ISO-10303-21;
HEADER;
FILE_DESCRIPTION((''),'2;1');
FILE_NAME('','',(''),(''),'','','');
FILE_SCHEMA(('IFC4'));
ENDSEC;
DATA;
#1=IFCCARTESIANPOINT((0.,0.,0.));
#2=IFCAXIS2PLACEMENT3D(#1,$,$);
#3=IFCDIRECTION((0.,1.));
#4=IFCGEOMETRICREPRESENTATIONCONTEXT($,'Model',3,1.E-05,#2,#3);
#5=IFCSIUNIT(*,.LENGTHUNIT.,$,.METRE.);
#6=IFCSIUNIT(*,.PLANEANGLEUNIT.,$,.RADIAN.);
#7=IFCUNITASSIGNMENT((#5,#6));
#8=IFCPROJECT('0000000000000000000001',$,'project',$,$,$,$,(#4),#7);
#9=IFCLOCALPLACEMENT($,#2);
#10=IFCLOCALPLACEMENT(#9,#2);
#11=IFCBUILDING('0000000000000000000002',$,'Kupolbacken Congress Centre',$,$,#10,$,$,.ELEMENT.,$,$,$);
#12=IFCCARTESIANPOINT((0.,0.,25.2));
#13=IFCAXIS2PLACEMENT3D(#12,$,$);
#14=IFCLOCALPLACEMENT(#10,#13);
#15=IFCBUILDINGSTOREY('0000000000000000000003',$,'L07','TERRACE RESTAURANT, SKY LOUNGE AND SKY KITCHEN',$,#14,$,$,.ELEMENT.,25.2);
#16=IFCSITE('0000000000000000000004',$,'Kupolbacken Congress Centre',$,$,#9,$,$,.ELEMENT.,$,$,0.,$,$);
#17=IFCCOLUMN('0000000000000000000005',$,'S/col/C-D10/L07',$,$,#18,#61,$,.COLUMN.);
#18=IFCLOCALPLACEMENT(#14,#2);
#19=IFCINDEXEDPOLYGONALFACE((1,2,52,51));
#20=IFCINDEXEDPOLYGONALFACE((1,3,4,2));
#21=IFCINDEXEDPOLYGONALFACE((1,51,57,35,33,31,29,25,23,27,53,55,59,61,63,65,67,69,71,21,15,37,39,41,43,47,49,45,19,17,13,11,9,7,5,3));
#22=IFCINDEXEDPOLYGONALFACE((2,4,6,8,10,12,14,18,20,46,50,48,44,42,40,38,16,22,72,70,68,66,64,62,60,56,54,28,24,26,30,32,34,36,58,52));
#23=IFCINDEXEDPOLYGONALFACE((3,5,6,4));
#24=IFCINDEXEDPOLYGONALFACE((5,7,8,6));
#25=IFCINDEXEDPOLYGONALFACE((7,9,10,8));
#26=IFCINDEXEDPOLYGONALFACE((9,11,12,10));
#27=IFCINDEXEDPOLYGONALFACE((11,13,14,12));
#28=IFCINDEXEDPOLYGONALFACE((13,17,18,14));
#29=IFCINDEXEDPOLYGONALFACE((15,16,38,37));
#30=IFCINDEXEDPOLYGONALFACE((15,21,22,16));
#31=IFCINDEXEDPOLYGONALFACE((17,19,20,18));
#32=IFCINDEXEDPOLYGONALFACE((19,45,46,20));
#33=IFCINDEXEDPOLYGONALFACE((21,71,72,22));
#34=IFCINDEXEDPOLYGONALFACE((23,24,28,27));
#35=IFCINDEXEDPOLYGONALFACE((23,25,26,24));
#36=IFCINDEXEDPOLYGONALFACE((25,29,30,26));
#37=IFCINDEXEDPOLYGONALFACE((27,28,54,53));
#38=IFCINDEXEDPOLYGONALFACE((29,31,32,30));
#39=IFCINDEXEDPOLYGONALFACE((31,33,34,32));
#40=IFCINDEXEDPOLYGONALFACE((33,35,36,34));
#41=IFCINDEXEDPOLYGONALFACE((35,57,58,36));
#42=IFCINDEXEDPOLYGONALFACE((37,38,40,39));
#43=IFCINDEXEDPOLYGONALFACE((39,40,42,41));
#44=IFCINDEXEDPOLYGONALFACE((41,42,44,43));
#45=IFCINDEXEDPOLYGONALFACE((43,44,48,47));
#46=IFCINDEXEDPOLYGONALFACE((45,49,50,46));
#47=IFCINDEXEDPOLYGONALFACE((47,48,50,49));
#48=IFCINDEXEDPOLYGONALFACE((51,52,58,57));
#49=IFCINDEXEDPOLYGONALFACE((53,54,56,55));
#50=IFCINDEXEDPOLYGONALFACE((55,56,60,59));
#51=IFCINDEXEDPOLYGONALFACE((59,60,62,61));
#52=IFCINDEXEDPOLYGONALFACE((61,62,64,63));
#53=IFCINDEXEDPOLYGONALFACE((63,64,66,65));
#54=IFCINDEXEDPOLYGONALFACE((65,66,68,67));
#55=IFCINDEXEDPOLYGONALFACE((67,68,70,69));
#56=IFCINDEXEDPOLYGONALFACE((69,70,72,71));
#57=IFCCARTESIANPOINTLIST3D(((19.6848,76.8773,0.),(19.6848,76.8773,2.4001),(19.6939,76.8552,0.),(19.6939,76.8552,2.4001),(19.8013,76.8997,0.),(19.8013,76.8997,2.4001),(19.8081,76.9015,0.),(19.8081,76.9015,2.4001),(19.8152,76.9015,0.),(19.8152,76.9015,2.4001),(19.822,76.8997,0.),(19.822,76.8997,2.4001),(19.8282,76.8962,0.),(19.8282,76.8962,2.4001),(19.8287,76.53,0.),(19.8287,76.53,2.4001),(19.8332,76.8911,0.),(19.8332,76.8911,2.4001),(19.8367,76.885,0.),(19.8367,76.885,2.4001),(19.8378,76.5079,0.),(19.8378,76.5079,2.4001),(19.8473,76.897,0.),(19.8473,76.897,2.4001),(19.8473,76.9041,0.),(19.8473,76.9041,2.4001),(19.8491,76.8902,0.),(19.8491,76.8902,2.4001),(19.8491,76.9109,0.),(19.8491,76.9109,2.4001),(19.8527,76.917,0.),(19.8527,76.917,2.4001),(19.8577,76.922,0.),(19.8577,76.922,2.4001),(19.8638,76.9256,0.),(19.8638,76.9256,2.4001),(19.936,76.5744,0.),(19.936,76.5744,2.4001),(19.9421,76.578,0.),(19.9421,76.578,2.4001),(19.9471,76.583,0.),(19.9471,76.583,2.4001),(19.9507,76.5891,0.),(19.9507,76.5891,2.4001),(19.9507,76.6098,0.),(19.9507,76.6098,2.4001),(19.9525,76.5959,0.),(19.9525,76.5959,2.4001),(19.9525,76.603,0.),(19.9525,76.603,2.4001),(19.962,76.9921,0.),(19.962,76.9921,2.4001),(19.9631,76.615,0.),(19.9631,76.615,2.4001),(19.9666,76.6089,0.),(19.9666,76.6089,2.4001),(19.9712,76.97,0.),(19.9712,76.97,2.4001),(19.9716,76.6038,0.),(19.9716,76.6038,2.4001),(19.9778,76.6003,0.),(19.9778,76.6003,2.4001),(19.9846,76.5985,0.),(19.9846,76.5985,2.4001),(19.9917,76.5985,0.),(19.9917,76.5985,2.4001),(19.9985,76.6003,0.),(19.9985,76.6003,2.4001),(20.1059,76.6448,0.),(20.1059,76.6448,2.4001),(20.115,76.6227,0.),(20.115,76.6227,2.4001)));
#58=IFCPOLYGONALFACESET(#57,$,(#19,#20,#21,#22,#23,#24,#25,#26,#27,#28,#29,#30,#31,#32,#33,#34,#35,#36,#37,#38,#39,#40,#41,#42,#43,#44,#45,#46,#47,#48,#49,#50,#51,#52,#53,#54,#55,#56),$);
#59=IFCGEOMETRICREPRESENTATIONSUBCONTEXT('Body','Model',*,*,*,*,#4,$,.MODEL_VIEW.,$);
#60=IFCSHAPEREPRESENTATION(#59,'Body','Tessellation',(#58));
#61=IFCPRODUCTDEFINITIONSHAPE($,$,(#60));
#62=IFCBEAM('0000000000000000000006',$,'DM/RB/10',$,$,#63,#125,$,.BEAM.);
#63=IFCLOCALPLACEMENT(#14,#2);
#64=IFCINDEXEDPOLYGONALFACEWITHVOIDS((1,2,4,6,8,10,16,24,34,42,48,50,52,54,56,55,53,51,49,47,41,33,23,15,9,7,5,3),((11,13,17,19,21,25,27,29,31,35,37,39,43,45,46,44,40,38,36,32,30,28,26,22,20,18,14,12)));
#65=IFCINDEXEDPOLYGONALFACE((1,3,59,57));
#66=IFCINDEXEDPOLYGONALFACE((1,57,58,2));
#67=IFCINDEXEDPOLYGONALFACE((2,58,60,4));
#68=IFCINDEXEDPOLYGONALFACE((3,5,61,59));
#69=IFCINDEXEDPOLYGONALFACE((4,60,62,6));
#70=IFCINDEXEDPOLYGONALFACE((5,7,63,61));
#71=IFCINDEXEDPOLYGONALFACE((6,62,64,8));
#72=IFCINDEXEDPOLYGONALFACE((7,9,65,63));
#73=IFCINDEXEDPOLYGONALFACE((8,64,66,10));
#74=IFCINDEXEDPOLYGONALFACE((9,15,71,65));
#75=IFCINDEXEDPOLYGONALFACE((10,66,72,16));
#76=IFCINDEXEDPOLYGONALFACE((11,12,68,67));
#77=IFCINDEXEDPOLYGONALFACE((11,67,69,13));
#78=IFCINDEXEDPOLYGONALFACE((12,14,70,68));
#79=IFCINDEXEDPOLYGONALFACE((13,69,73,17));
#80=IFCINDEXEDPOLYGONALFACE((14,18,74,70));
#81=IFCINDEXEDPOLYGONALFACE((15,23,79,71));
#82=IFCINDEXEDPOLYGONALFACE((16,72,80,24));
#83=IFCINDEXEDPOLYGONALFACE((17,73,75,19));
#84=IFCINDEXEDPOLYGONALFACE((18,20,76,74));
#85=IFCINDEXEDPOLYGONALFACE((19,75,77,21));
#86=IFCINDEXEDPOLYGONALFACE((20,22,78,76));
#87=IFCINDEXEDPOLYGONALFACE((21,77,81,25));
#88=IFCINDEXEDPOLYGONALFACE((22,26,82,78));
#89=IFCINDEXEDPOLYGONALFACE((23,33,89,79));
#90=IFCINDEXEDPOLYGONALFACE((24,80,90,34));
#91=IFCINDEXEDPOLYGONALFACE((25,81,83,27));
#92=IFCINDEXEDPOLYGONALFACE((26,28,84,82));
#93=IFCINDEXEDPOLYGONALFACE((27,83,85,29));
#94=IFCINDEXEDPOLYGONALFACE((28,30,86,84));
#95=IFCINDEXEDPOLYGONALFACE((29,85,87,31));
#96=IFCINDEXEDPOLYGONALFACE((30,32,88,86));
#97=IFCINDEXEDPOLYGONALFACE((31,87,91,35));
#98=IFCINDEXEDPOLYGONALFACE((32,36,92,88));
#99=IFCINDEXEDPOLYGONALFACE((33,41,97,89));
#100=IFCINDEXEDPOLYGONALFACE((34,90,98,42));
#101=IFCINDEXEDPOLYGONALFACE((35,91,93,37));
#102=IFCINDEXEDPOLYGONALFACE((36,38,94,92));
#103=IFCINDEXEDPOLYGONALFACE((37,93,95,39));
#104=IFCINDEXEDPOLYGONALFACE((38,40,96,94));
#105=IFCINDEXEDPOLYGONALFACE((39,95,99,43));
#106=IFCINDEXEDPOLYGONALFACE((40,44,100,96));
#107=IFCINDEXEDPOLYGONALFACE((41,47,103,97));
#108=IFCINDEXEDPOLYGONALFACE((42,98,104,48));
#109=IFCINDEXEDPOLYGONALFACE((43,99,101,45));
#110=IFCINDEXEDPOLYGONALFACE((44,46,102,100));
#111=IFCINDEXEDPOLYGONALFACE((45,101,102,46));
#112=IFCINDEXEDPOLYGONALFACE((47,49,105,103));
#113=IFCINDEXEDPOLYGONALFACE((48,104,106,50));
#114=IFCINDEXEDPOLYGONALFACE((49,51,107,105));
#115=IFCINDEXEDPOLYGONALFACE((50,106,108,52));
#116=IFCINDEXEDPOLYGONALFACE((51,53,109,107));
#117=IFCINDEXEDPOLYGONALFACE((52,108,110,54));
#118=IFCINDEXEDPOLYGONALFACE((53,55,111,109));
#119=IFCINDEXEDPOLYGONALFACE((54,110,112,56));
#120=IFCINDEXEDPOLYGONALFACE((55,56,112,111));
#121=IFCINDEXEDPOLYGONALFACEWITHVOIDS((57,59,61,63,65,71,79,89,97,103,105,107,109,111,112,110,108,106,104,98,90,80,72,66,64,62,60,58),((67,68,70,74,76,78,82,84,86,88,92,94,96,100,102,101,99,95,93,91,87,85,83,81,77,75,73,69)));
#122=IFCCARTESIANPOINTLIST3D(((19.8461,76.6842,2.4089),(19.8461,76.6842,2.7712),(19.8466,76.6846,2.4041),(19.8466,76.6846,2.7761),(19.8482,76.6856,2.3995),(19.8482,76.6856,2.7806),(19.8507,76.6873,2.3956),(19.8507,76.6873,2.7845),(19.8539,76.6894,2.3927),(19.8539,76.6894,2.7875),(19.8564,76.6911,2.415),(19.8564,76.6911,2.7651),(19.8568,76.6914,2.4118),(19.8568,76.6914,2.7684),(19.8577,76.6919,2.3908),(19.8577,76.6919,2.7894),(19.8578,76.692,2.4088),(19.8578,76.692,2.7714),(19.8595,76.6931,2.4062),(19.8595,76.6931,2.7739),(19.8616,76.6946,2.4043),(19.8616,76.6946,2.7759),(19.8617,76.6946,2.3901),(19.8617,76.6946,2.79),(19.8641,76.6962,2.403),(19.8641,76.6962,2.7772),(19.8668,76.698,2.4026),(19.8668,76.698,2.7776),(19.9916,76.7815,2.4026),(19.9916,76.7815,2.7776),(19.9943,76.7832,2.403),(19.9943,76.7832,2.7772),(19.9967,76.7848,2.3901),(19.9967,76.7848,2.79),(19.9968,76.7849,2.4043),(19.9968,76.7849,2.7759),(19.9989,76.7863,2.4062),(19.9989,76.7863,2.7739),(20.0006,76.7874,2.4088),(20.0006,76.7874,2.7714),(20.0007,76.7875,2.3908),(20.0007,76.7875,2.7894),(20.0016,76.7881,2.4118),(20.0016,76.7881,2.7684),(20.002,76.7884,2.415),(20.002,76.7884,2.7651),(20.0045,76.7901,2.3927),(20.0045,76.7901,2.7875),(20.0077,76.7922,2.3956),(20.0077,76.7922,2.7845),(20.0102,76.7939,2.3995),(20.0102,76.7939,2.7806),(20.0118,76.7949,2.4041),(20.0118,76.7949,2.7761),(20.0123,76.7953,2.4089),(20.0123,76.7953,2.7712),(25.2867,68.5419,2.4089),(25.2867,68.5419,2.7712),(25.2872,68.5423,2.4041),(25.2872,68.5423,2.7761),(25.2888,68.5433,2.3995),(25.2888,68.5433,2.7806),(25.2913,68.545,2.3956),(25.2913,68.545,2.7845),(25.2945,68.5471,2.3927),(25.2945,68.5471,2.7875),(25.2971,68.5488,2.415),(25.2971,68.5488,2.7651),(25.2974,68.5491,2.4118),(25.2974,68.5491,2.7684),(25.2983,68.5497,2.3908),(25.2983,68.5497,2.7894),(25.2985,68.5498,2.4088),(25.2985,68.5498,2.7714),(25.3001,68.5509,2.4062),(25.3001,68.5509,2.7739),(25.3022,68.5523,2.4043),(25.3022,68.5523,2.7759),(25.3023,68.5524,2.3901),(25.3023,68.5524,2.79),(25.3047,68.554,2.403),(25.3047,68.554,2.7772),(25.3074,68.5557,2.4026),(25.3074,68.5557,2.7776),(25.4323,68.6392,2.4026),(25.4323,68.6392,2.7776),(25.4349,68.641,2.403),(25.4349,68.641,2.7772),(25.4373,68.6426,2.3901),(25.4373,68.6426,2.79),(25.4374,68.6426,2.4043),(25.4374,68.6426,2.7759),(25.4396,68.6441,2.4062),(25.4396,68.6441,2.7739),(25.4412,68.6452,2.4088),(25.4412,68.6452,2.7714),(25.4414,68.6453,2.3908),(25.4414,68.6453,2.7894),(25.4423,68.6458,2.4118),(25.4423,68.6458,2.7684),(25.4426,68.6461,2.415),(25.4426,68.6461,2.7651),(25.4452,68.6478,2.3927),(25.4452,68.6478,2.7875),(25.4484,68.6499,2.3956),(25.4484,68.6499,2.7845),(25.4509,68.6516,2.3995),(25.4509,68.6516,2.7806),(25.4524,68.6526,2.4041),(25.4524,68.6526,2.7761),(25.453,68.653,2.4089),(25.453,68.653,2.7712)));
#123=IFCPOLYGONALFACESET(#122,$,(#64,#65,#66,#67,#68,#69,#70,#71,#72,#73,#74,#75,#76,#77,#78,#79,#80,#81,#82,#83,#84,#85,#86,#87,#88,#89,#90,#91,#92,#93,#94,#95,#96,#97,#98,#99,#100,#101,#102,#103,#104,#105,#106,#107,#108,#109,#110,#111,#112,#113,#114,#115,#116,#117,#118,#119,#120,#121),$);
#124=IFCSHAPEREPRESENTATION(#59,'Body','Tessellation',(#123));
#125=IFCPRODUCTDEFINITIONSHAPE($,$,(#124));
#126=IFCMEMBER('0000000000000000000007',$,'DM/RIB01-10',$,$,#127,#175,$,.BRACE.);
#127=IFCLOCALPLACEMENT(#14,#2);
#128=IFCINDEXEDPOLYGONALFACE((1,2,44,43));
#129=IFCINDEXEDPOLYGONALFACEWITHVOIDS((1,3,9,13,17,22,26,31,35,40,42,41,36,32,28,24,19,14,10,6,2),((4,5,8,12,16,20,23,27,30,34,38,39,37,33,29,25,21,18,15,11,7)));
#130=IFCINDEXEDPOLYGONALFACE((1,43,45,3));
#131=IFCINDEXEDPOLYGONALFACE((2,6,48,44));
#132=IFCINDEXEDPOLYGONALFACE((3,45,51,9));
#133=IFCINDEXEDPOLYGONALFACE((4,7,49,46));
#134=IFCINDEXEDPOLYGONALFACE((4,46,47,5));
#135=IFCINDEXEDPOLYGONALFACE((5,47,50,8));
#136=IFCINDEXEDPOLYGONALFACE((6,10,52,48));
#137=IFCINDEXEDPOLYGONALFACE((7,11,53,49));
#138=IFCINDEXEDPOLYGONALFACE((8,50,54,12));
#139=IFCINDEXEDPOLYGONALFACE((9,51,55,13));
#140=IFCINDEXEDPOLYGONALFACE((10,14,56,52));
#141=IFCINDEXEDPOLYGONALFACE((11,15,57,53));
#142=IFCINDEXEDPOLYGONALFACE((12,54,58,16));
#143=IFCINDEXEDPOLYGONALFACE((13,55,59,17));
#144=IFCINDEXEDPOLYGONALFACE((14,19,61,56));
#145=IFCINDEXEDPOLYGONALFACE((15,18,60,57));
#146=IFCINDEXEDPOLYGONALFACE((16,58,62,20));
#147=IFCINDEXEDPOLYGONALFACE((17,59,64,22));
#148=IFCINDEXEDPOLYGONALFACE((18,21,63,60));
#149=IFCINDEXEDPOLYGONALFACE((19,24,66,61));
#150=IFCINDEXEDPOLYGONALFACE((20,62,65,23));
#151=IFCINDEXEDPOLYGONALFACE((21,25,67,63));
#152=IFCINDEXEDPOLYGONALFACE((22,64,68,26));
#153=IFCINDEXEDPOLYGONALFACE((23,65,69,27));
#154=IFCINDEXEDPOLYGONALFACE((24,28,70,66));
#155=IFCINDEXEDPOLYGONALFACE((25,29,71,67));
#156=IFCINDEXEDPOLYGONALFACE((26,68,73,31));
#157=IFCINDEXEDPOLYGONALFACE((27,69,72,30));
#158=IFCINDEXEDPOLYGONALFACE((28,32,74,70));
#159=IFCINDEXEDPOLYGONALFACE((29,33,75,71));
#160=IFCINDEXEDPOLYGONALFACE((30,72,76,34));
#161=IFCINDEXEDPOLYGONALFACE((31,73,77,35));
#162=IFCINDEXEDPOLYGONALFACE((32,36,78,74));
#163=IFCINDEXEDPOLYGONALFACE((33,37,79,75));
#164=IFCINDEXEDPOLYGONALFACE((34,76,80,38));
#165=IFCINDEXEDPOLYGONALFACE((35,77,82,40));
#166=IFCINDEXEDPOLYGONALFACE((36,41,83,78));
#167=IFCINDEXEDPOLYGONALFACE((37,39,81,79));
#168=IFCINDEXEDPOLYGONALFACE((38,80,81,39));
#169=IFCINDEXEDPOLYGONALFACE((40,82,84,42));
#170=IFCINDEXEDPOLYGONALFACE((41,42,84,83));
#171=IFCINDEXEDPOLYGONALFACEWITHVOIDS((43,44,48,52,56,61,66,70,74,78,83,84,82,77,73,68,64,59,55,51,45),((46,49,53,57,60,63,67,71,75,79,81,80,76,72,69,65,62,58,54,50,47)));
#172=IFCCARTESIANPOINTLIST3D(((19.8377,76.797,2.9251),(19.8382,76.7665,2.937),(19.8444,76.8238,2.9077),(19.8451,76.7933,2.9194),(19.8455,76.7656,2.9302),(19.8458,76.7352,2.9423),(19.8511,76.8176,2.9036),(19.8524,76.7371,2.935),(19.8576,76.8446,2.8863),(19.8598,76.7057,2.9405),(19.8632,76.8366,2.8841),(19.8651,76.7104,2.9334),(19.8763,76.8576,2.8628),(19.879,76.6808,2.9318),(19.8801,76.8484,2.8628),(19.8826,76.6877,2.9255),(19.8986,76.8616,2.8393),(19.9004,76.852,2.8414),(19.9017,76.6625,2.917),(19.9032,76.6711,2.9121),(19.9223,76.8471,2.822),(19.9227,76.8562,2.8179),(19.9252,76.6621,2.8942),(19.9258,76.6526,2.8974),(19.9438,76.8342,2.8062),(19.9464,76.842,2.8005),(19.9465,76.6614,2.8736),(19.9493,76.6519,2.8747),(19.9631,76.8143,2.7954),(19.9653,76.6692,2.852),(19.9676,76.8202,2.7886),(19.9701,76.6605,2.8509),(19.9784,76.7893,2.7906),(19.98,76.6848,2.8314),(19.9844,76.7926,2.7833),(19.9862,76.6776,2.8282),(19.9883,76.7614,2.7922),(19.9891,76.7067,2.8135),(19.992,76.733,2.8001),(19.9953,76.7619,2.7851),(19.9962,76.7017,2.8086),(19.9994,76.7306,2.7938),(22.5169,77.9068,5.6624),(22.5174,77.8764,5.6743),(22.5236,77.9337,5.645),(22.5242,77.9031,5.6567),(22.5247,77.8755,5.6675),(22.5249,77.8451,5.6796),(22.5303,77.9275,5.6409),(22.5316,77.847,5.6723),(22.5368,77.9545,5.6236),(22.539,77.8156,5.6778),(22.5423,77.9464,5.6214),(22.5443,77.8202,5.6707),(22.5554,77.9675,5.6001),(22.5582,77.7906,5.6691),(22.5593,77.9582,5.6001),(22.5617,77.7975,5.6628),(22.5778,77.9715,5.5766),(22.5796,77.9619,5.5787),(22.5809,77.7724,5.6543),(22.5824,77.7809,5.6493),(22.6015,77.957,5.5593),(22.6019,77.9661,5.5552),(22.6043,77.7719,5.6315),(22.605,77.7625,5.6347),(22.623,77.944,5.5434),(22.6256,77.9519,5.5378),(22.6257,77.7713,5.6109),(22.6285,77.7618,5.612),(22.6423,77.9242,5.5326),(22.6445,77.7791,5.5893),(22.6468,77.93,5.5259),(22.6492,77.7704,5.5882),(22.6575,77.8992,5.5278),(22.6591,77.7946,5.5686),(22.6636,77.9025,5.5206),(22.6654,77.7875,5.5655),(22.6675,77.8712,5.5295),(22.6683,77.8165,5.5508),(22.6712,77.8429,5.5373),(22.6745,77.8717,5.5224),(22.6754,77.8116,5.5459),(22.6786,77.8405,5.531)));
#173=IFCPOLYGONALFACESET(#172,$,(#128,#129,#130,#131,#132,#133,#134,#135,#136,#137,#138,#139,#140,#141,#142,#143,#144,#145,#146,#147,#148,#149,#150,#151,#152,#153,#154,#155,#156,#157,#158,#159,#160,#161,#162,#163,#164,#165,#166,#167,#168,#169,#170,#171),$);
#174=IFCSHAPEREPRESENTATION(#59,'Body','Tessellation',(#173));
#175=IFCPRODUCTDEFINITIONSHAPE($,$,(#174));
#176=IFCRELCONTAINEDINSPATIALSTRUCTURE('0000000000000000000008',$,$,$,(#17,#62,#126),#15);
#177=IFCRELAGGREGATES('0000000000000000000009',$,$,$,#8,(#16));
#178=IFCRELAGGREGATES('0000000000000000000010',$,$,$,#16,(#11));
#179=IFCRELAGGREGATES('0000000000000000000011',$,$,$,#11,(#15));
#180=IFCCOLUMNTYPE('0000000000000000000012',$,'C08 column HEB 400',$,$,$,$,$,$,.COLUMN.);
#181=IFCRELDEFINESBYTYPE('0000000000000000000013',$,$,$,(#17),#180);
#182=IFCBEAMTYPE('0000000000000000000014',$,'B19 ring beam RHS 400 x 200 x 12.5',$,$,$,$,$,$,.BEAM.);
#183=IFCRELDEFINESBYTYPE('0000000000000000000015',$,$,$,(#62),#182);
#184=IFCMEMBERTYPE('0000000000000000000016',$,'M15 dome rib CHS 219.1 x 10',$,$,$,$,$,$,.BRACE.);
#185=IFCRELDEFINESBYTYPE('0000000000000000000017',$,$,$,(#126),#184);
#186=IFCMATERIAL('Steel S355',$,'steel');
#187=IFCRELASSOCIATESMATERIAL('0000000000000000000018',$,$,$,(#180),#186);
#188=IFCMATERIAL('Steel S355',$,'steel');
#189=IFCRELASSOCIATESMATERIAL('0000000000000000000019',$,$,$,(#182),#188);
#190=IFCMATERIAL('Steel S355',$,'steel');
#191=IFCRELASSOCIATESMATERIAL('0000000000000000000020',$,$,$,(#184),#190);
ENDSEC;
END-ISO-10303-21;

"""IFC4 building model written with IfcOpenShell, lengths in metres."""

from ifc_helpers import new_model, si_unit, direction, frame, origin, origin_2d, place, context, subcontext, project, spatial, hollow_rectangle, hollow_circle, i_section, extrude, material, material_profile, profile_set, type_object, element, save


model = new_model("IFC4")

# Units and contexts
model_context = context("Model", 3, precision=1e-05, world=origin(), true_north=direction((0.0, 1.0)))
body_context = subcontext(model_context, "Body", "Model", "MODEL_VIEW")
ifc_project = project(units=[si_unit("LENGTHUNIT", "METRE"), si_unit("PLANEANGLEUNIT", "RADIAN")], contexts=[model_context])

# Site, building, storey
site_placement = place(None, origin())
site = spatial("IfcSite", under=ifc_project, at=site_placement, Name="Kupolbacken Congress Centre", CompositionType="ELEMENT", RefElevation=0.0)
building_placement = place(site_placement, origin())
building = spatial("IfcBuilding", under=site, at=building_placement, Name="Kupolbacken Congress Centre", CompositionType="ELEMENT")
storey_placement = place(building_placement, frame((0.0, 0.0, 25.2)))
storey = spatial("IfcBuildingStorey", under=building, at=storey_placement, Name="L07", Description="TERRACE RESTAURANT, SKY LOUNGE AND SKY KITCHEN", CompositionType="ELEMENT", Elevation=25.2)

# Column
ifc_material_1 = material(Name="Steel S355", Category="steel")
ifc_material_profile_1 = material_profile(ifc_material_1, i_section(OverallWidth=0.3, OverallDepth=0.3999, WebThickness=0.0134, FlangeThickness=0.0239, FilletRadius=0.0271, at=origin_2d()), Name="HEB 400")
ifc_profile_set_1 = profile_set([ifc_material_profile_1], Name="Steel S355")
column_type = type_object("IfcColumnType", Name="C08 column HEB 400", PredefinedType="COLUMN", material=ifc_profile_set_1)
column_placement = place(storey_placement, frame((19.8999, 76.75, 0.0), z_axis=(0.0, 0.0, 1.0), x_axis=(-0.923896, -0.382644, 0.0)))
element("IfcColumn", 1, at=column_placement, inside=storey, type_object=column_type, Name="S/col/C-D10/L07", PredefinedType="COLUMN", context=body_context, shape_type="SweptSolid", body=[
    extrude(i_section(OverallWidth=0.3, OverallDepth=0.3999, WebThickness=0.0134, FlangeThickness=0.0239, FilletRadius=0.0271, at=origin_2d()), origin(), (0.0, 0.0, 1.0), 2.4001),
])

# Beam
ifc_material_2 = material(Name="Steel S355", Category="steel")
ifc_material_profile_2 = material_profile(ifc_material_2, hollow_rectangle(XDim=0.2, YDim=0.3999, WallThickness=0.0125, InnerFilletRadius=0.0125, OuterFilletRadius=0.0188, at=origin_2d()), Name="RHS 400 x 200 x 12.5")
ifc_profile_set_2 = profile_set([ifc_material_profile_2], Name="Steel S355")
beam_type = type_object("IfcBeamType", Name="B19 ring beam RHS 400 x 200 x 12.5", PredefinedType="BEAM", material=ifc_profile_set_2)
beam_placement = place(storey_placement, frame((19.9292, 76.7397, 2.5901), z_axis=(0.55558, -0.831463, 0.0), x_axis=(0.831463, 0.55558, 0.0)))
element("IfcBeam", 2, at=beam_placement, inside=storey, type_object=beam_type, Name="DM/RB/10", PredefinedType="BEAM", context=body_context, shape_type="SweptSolid", body=[
    extrude(hollow_rectangle(XDim=0.2, YDim=0.3999, WallThickness=0.0125, InnerFilletRadius=0.0125, OuterFilletRadius=0.0188, at=origin_2d()), origin(), (0.0, 0.0, 1.0), 9.7927),
])

# Member
ifc_material_3 = material(Name="Steel S355", Category="steel")
ifc_material_profile_3 = material_profile(ifc_material_3, hollow_circle(Radius=0.1096, WallThickness=0.01, at=origin_2d()), Name="CHS 219.1 x 10")
ifc_profile_set_3 = profile_set([ifc_material_profile_3], Name="Steel S355")
member_type_1 = type_object("IfcMemberType", Name="M15 dome rib CHS 219.1 x 10", PredefinedType="BRACE", material=ifc_profile_set_3)
member_1_placement = place(storey_placement, frame((19.9182, 76.7563, 2.8628), z_axis=(0.671845, 0.278313, 0.686416), x_axis=(-0.382714, 0.923867, 0.0)))
element("IfcMember", 3, at=member_1_placement, inside=storey, type_object=member_type_1, Name="DM/RIB01-10", PredefinedType="BRACE", context=body_context, shape_type="SweptSolid", body=[
    extrude(hollow_circle(Radius=0.1096, WallThickness=0.01, at=origin_2d()), origin(), (0.0, 0.0, 1.0), 3.9878),
])

save(model, "model.ifc")
